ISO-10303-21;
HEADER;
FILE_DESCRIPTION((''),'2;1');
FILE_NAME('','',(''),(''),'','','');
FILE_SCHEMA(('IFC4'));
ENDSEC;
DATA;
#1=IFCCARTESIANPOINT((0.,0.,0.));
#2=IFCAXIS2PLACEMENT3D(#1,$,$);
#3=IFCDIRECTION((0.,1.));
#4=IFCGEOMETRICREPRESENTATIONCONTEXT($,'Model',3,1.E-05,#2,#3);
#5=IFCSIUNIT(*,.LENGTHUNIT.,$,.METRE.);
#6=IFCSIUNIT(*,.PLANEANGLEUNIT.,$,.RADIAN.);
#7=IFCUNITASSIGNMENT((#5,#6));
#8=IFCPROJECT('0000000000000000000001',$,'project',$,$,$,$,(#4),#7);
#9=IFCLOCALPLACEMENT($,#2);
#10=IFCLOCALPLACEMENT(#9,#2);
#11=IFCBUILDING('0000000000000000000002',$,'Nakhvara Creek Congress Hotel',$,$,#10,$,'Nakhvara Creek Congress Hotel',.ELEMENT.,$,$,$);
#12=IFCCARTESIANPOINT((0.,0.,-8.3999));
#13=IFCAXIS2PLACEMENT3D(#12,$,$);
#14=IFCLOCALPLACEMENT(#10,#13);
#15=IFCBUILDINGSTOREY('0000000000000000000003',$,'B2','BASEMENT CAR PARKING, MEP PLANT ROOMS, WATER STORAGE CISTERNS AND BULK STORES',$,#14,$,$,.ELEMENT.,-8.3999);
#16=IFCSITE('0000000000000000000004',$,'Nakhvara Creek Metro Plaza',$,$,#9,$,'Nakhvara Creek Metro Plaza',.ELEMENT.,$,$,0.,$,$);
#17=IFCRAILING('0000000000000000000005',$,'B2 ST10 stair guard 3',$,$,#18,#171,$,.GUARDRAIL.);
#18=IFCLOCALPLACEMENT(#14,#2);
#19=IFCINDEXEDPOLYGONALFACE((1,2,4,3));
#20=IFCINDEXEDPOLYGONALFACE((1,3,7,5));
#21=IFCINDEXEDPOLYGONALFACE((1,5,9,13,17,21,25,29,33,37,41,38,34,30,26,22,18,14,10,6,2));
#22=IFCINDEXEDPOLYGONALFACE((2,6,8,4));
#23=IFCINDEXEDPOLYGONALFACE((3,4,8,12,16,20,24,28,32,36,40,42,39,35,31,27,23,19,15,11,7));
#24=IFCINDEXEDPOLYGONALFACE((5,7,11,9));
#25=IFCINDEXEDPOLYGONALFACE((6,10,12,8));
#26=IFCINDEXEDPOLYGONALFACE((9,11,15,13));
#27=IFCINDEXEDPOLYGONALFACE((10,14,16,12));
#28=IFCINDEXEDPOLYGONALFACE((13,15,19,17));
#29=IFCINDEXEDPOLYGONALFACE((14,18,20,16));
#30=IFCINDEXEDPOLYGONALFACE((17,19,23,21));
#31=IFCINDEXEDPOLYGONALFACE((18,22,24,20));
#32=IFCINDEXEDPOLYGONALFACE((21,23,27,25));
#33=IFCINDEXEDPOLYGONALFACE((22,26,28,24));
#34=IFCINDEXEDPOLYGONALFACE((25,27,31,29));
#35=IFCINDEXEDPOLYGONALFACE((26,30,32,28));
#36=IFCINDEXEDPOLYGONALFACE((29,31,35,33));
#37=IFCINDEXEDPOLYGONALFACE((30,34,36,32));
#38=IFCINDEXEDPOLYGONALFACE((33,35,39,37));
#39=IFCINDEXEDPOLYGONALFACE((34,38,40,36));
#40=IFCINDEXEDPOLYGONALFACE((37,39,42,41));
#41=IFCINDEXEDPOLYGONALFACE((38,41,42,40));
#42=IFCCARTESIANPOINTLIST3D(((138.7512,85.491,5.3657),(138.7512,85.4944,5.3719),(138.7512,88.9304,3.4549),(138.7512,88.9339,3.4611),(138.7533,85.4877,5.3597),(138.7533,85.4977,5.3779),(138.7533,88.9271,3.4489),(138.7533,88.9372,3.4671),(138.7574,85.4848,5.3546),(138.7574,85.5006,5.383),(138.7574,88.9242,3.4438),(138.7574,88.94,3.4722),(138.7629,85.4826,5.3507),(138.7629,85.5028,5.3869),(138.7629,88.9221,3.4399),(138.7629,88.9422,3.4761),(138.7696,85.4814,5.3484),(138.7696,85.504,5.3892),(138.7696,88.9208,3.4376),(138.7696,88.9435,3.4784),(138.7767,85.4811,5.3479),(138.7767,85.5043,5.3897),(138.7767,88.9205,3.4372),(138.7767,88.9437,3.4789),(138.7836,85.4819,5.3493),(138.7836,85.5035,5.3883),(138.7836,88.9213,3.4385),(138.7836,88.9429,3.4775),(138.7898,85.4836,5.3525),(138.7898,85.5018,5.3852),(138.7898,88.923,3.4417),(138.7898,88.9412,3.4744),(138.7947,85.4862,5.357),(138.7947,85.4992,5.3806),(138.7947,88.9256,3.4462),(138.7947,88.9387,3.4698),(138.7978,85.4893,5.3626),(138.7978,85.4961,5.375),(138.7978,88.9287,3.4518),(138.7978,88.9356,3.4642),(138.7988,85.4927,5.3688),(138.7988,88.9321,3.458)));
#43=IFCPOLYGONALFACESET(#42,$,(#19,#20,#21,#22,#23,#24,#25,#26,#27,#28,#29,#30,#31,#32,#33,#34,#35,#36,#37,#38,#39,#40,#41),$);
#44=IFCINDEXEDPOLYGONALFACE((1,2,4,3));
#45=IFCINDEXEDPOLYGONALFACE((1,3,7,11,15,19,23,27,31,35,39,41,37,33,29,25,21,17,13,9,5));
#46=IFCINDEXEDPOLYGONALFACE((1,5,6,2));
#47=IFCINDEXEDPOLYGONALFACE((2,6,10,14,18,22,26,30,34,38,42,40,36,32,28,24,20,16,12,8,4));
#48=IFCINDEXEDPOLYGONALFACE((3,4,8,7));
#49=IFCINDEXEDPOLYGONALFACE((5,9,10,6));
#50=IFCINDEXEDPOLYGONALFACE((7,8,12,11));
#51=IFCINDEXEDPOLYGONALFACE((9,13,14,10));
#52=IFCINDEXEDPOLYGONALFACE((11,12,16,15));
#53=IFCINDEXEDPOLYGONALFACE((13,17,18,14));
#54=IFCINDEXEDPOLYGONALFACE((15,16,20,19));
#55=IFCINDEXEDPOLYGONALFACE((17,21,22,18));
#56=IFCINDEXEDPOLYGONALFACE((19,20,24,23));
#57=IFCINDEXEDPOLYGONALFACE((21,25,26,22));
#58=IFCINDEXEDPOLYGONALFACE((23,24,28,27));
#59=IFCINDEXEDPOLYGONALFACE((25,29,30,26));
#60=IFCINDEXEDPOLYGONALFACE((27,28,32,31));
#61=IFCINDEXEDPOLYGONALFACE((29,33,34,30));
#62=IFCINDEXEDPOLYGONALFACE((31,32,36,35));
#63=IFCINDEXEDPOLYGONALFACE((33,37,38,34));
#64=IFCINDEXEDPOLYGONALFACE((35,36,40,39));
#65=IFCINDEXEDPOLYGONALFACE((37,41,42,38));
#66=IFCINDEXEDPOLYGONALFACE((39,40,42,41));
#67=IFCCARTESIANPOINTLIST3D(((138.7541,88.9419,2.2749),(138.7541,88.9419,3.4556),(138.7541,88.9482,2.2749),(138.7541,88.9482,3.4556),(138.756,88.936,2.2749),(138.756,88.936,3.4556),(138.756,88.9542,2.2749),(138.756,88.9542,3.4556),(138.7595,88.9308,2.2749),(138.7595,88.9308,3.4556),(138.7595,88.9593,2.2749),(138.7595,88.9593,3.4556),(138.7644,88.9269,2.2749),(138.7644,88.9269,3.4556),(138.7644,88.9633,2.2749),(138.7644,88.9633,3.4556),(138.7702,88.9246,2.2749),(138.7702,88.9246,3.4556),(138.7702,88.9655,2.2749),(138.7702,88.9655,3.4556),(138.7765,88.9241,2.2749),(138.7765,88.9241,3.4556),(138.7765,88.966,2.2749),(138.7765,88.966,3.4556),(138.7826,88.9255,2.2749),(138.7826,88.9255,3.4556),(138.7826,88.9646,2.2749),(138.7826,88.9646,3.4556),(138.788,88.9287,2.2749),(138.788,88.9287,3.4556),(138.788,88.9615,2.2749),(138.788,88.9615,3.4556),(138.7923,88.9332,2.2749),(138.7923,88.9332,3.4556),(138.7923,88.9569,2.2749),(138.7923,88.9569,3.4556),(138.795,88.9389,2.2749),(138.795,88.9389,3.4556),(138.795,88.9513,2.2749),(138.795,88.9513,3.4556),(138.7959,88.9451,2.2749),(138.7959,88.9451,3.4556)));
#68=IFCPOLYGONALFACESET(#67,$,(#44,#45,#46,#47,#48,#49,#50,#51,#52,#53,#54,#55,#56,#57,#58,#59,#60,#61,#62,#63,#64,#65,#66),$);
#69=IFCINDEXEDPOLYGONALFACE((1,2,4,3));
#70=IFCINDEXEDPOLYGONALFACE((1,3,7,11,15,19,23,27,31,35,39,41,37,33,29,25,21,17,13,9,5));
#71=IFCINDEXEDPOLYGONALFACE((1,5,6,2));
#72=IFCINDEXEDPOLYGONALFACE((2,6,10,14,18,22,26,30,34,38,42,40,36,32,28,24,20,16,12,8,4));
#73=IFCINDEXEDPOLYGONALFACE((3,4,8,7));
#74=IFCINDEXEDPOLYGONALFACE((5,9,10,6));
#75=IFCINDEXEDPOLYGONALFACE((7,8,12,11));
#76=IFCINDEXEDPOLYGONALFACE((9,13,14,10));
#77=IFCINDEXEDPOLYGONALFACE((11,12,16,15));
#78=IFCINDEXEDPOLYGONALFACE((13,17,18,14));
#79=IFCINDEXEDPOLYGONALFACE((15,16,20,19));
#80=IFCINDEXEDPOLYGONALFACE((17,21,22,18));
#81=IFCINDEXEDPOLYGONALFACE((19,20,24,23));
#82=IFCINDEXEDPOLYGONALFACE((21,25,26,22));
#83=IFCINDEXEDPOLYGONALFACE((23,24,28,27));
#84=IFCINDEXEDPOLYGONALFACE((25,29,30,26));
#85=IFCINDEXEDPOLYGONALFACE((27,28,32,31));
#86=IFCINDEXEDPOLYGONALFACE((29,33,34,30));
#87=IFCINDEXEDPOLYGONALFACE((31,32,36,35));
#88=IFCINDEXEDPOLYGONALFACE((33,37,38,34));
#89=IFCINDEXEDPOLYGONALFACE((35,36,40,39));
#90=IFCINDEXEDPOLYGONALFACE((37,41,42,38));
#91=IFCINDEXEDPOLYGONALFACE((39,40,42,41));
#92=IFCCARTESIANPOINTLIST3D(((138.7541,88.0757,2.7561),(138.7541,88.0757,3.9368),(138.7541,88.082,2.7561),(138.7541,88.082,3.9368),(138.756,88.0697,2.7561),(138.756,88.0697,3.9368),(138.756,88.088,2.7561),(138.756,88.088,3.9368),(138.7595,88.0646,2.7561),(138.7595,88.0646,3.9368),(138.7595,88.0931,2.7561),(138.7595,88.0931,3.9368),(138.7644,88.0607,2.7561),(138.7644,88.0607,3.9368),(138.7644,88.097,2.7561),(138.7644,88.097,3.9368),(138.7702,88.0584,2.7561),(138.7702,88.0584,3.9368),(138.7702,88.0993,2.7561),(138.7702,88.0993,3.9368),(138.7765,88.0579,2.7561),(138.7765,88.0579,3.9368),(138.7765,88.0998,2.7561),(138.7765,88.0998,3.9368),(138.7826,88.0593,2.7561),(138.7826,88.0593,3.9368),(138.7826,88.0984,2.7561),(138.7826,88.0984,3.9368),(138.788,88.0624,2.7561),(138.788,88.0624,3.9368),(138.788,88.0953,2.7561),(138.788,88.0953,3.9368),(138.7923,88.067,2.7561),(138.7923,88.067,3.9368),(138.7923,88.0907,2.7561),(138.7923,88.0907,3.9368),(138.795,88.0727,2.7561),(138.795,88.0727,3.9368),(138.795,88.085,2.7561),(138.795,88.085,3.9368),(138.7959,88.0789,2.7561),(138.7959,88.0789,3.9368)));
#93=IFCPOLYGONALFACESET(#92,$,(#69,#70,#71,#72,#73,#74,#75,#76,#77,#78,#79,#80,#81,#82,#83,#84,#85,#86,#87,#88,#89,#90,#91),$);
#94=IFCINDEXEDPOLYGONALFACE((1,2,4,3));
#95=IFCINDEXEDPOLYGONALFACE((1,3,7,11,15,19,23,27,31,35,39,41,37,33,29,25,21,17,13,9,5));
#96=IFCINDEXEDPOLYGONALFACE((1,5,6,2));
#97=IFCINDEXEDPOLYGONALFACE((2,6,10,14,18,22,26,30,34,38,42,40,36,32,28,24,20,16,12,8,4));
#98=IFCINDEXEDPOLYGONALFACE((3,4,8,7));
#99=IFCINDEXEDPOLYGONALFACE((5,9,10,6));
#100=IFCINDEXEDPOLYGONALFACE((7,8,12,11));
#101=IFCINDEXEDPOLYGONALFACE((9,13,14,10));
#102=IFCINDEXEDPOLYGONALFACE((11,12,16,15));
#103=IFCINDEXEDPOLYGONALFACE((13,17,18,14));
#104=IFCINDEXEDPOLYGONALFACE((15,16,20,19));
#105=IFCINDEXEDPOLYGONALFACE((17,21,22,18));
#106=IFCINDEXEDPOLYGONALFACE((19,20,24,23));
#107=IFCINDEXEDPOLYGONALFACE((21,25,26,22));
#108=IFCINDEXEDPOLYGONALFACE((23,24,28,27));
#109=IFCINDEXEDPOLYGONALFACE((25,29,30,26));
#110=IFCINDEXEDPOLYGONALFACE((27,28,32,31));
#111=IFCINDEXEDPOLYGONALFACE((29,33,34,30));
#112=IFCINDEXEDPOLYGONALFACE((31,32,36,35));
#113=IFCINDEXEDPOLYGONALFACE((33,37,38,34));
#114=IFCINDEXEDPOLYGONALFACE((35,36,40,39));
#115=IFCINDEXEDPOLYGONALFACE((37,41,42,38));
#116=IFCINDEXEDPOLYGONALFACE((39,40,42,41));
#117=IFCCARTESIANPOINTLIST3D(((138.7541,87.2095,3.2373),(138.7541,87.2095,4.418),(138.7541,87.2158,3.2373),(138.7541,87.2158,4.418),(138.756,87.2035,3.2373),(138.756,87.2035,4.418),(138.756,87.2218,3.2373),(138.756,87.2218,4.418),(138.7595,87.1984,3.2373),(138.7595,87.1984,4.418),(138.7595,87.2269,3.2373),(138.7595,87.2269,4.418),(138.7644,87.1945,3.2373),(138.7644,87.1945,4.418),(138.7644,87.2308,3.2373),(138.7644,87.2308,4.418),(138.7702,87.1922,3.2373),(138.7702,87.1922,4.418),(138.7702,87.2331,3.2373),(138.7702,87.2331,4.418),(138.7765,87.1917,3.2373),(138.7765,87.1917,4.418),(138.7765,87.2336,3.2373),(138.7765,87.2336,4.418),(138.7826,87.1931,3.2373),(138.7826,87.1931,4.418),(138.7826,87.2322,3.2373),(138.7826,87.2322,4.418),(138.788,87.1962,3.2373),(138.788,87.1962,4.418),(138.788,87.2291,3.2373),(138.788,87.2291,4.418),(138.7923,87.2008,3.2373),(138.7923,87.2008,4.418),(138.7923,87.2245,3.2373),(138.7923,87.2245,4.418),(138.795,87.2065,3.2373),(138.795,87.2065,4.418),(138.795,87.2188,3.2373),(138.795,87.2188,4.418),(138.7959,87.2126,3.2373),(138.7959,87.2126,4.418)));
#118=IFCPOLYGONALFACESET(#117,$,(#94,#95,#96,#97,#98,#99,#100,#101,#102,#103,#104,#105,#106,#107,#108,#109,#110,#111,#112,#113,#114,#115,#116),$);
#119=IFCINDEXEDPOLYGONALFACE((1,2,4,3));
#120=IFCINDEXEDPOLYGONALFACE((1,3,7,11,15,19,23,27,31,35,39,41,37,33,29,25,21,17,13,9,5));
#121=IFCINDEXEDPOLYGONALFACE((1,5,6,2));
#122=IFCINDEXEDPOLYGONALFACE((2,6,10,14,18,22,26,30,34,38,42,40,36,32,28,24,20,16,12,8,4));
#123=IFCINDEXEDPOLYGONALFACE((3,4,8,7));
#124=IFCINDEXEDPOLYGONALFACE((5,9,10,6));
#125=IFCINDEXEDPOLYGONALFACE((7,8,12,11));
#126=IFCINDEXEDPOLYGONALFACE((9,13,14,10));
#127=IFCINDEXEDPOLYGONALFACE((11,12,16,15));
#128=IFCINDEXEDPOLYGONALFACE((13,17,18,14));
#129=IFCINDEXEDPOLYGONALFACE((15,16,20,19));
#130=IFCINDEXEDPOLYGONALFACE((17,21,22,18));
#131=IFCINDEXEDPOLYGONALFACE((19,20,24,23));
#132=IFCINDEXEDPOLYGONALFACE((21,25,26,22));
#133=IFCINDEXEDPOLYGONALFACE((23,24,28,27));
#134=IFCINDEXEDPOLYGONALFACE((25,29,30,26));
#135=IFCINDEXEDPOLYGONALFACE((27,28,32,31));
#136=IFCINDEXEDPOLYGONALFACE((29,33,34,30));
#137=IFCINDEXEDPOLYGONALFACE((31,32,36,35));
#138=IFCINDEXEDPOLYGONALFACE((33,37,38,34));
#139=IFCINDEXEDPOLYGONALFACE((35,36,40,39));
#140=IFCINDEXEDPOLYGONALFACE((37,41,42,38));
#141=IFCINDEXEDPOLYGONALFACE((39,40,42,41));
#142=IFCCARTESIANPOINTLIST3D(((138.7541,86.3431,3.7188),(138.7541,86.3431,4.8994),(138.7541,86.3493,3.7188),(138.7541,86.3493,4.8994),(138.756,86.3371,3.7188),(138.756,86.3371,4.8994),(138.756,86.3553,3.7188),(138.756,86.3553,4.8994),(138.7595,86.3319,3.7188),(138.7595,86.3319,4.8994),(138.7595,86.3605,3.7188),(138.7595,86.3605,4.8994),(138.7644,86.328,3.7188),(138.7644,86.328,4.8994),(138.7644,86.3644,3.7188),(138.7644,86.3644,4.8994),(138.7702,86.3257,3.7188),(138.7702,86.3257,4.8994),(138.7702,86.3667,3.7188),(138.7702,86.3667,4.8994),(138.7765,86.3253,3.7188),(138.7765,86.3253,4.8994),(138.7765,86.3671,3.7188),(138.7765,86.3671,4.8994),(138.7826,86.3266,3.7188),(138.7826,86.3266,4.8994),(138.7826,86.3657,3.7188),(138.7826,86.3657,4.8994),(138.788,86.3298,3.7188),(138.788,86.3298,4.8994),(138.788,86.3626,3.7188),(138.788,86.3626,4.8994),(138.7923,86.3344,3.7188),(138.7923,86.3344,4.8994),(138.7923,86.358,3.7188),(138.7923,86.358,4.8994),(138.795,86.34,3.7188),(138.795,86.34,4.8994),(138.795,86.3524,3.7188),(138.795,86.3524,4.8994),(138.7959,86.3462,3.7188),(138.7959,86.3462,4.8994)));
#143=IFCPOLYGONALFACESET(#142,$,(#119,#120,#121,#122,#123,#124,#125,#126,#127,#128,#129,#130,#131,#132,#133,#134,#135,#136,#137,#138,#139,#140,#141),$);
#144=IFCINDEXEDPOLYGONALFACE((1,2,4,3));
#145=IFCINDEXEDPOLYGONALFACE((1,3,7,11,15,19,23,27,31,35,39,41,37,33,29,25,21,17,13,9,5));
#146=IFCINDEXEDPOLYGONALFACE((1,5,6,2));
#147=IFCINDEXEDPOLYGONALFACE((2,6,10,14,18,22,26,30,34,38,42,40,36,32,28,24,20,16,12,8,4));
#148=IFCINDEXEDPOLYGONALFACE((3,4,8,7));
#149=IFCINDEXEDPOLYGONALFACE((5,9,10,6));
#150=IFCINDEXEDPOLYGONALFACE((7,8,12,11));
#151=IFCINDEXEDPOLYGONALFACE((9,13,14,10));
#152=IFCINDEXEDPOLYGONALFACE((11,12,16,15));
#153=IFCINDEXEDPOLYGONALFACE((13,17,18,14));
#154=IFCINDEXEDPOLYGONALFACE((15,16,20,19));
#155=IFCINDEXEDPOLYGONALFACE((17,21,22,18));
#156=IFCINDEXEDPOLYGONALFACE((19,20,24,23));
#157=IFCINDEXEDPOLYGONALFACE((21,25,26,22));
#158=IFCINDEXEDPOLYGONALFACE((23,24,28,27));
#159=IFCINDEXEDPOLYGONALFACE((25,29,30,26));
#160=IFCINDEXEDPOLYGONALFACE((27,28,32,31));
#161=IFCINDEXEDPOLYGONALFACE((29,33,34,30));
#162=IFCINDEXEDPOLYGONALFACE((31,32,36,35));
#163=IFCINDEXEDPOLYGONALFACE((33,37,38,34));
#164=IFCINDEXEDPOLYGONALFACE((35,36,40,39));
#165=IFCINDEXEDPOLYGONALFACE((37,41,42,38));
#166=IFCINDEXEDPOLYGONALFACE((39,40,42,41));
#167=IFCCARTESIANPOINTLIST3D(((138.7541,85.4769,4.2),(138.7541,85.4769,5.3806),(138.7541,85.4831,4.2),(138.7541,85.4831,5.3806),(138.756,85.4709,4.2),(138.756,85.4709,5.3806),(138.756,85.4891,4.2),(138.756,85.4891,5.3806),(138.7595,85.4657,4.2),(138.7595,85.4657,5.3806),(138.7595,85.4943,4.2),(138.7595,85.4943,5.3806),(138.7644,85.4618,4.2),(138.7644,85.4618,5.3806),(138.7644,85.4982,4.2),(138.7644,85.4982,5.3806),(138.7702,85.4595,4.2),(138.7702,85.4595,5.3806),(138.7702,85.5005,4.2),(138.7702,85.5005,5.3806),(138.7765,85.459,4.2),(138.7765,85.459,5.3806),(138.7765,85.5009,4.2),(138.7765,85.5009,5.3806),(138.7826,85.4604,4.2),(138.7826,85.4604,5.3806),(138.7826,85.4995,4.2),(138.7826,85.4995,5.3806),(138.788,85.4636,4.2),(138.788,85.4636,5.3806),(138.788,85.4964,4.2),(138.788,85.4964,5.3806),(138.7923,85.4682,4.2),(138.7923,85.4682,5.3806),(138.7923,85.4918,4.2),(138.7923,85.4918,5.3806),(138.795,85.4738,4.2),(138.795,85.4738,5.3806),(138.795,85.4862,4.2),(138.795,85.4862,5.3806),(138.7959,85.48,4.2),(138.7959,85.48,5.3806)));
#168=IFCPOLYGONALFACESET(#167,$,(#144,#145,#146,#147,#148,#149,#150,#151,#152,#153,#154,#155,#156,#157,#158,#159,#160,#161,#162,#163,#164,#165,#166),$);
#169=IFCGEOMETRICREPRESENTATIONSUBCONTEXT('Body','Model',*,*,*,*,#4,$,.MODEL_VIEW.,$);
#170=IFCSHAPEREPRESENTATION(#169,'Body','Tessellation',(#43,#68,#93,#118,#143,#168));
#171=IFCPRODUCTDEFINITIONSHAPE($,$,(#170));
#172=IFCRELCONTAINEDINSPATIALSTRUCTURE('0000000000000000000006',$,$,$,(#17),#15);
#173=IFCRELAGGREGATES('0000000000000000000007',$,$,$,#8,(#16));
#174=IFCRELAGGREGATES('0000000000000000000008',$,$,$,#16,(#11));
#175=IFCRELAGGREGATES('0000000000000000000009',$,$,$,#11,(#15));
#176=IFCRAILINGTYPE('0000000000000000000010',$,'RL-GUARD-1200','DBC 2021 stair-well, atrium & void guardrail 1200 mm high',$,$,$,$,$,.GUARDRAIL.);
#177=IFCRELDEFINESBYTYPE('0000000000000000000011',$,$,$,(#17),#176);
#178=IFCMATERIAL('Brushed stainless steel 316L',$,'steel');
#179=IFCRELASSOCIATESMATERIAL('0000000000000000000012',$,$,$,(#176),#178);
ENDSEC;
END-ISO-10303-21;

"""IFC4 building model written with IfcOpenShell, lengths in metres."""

from ifc_helpers import new_model, si_unit, direction, frame, origin, origin_2d, place, context, subcontext, project, spatial, circle, extrude, material, type_object, element, save


model = new_model("IFC4")

# Units and contexts
model_context = context("Model", 3, precision=1e-05, world=origin(), true_north=direction((0.0, 1.0)))
body_context = subcontext(model_context, "Body", "Model", "MODEL_VIEW")
ifc_project = project(units=[si_unit("LENGTHUNIT", "METRE"), si_unit("PLANEANGLEUNIT", "RADIAN")], contexts=[model_context])

# Site, building, storey
site_placement = place(None, origin())
site = spatial("IfcSite", under=ifc_project, at=site_placement, Name="Nakhvara Creek Metro Plaza", LongName="Nakhvara Creek Metro Plaza", CompositionType="ELEMENT", RefElevation=0.0)
building_placement = place(site_placement, origin())
building = spatial("IfcBuilding", under=site, at=building_placement, Name="Nakhvara Creek Congress Hotel", LongName="Nakhvara Creek Congress Hotel", CompositionType="ELEMENT")
storey_placement = place(building_placement, frame((0.0, 0.0, -8.3999)))
storey = spatial("IfcBuildingStorey", under=building, at=storey_placement, Name="B2", Description="BASEMENT CAR PARKING, MEP PLANT ROOMS, WATER STORAGE CISTERNS AND BULK STORES", CompositionType="ELEMENT", Elevation=-8.3999)

# Railing
ifc_material_1 = material(Name="Brushed stainless steel 316L", Category="steel")
railing_type_1 = type_object("IfcRailingType", Name="RL-GUARD-1200", Description="DBC 2021 stair-well, atrium & void guardrail 1200 mm high", PredefinedType="GUARDRAIL", material=ifc_material_1)
railing_1_placement = place(storey_placement, frame((138.7749, 88.9451, 2.2749)))
element("IfcRailing", 1, at=railing_1_placement, inside=storey, type_object=railing_type_1, Name="B2 ST10 stair guard 3", PredefinedType="GUARDRAIL", context=body_context, shape_type="SweptSolid", body=[
    extrude(circle(Radius=0.0239, at=origin_2d()), frame((0.0, -0.0129, 1.1831), z_axis=(0.0, -0.874157, 0.485643), x_axis=(1.0, 0.0, 0.0)), (0.0, 0.0, 1.0), 3.9346),
    extrude(circle(Radius=0.021, at=origin_2d()), origin(), (0.0, 0.0, 1.0), 1.1807),
    extrude(circle(Radius=0.021, at=origin_2d()), frame((0.0, -0.8662, 0.4812)), (0.0, 0.0, 1.0), 1.1807),
    extrude(circle(Radius=0.021, at=origin_2d()), frame((0.0, -1.7324, 0.9624)), (0.0, 0.0, 1.0), 1.1807),
    extrude(circle(Radius=0.021, at=origin_2d()), frame((0.0, -2.5989, 1.4438)), (0.0, 0.0, 1.0), 1.1807),
    extrude(circle(Radius=0.021, at=origin_2d()), frame((0.0, -3.4651, 1.925)), (0.0, 0.0, 1.0), 1.1807),
])

save(model, "model.ifc")
